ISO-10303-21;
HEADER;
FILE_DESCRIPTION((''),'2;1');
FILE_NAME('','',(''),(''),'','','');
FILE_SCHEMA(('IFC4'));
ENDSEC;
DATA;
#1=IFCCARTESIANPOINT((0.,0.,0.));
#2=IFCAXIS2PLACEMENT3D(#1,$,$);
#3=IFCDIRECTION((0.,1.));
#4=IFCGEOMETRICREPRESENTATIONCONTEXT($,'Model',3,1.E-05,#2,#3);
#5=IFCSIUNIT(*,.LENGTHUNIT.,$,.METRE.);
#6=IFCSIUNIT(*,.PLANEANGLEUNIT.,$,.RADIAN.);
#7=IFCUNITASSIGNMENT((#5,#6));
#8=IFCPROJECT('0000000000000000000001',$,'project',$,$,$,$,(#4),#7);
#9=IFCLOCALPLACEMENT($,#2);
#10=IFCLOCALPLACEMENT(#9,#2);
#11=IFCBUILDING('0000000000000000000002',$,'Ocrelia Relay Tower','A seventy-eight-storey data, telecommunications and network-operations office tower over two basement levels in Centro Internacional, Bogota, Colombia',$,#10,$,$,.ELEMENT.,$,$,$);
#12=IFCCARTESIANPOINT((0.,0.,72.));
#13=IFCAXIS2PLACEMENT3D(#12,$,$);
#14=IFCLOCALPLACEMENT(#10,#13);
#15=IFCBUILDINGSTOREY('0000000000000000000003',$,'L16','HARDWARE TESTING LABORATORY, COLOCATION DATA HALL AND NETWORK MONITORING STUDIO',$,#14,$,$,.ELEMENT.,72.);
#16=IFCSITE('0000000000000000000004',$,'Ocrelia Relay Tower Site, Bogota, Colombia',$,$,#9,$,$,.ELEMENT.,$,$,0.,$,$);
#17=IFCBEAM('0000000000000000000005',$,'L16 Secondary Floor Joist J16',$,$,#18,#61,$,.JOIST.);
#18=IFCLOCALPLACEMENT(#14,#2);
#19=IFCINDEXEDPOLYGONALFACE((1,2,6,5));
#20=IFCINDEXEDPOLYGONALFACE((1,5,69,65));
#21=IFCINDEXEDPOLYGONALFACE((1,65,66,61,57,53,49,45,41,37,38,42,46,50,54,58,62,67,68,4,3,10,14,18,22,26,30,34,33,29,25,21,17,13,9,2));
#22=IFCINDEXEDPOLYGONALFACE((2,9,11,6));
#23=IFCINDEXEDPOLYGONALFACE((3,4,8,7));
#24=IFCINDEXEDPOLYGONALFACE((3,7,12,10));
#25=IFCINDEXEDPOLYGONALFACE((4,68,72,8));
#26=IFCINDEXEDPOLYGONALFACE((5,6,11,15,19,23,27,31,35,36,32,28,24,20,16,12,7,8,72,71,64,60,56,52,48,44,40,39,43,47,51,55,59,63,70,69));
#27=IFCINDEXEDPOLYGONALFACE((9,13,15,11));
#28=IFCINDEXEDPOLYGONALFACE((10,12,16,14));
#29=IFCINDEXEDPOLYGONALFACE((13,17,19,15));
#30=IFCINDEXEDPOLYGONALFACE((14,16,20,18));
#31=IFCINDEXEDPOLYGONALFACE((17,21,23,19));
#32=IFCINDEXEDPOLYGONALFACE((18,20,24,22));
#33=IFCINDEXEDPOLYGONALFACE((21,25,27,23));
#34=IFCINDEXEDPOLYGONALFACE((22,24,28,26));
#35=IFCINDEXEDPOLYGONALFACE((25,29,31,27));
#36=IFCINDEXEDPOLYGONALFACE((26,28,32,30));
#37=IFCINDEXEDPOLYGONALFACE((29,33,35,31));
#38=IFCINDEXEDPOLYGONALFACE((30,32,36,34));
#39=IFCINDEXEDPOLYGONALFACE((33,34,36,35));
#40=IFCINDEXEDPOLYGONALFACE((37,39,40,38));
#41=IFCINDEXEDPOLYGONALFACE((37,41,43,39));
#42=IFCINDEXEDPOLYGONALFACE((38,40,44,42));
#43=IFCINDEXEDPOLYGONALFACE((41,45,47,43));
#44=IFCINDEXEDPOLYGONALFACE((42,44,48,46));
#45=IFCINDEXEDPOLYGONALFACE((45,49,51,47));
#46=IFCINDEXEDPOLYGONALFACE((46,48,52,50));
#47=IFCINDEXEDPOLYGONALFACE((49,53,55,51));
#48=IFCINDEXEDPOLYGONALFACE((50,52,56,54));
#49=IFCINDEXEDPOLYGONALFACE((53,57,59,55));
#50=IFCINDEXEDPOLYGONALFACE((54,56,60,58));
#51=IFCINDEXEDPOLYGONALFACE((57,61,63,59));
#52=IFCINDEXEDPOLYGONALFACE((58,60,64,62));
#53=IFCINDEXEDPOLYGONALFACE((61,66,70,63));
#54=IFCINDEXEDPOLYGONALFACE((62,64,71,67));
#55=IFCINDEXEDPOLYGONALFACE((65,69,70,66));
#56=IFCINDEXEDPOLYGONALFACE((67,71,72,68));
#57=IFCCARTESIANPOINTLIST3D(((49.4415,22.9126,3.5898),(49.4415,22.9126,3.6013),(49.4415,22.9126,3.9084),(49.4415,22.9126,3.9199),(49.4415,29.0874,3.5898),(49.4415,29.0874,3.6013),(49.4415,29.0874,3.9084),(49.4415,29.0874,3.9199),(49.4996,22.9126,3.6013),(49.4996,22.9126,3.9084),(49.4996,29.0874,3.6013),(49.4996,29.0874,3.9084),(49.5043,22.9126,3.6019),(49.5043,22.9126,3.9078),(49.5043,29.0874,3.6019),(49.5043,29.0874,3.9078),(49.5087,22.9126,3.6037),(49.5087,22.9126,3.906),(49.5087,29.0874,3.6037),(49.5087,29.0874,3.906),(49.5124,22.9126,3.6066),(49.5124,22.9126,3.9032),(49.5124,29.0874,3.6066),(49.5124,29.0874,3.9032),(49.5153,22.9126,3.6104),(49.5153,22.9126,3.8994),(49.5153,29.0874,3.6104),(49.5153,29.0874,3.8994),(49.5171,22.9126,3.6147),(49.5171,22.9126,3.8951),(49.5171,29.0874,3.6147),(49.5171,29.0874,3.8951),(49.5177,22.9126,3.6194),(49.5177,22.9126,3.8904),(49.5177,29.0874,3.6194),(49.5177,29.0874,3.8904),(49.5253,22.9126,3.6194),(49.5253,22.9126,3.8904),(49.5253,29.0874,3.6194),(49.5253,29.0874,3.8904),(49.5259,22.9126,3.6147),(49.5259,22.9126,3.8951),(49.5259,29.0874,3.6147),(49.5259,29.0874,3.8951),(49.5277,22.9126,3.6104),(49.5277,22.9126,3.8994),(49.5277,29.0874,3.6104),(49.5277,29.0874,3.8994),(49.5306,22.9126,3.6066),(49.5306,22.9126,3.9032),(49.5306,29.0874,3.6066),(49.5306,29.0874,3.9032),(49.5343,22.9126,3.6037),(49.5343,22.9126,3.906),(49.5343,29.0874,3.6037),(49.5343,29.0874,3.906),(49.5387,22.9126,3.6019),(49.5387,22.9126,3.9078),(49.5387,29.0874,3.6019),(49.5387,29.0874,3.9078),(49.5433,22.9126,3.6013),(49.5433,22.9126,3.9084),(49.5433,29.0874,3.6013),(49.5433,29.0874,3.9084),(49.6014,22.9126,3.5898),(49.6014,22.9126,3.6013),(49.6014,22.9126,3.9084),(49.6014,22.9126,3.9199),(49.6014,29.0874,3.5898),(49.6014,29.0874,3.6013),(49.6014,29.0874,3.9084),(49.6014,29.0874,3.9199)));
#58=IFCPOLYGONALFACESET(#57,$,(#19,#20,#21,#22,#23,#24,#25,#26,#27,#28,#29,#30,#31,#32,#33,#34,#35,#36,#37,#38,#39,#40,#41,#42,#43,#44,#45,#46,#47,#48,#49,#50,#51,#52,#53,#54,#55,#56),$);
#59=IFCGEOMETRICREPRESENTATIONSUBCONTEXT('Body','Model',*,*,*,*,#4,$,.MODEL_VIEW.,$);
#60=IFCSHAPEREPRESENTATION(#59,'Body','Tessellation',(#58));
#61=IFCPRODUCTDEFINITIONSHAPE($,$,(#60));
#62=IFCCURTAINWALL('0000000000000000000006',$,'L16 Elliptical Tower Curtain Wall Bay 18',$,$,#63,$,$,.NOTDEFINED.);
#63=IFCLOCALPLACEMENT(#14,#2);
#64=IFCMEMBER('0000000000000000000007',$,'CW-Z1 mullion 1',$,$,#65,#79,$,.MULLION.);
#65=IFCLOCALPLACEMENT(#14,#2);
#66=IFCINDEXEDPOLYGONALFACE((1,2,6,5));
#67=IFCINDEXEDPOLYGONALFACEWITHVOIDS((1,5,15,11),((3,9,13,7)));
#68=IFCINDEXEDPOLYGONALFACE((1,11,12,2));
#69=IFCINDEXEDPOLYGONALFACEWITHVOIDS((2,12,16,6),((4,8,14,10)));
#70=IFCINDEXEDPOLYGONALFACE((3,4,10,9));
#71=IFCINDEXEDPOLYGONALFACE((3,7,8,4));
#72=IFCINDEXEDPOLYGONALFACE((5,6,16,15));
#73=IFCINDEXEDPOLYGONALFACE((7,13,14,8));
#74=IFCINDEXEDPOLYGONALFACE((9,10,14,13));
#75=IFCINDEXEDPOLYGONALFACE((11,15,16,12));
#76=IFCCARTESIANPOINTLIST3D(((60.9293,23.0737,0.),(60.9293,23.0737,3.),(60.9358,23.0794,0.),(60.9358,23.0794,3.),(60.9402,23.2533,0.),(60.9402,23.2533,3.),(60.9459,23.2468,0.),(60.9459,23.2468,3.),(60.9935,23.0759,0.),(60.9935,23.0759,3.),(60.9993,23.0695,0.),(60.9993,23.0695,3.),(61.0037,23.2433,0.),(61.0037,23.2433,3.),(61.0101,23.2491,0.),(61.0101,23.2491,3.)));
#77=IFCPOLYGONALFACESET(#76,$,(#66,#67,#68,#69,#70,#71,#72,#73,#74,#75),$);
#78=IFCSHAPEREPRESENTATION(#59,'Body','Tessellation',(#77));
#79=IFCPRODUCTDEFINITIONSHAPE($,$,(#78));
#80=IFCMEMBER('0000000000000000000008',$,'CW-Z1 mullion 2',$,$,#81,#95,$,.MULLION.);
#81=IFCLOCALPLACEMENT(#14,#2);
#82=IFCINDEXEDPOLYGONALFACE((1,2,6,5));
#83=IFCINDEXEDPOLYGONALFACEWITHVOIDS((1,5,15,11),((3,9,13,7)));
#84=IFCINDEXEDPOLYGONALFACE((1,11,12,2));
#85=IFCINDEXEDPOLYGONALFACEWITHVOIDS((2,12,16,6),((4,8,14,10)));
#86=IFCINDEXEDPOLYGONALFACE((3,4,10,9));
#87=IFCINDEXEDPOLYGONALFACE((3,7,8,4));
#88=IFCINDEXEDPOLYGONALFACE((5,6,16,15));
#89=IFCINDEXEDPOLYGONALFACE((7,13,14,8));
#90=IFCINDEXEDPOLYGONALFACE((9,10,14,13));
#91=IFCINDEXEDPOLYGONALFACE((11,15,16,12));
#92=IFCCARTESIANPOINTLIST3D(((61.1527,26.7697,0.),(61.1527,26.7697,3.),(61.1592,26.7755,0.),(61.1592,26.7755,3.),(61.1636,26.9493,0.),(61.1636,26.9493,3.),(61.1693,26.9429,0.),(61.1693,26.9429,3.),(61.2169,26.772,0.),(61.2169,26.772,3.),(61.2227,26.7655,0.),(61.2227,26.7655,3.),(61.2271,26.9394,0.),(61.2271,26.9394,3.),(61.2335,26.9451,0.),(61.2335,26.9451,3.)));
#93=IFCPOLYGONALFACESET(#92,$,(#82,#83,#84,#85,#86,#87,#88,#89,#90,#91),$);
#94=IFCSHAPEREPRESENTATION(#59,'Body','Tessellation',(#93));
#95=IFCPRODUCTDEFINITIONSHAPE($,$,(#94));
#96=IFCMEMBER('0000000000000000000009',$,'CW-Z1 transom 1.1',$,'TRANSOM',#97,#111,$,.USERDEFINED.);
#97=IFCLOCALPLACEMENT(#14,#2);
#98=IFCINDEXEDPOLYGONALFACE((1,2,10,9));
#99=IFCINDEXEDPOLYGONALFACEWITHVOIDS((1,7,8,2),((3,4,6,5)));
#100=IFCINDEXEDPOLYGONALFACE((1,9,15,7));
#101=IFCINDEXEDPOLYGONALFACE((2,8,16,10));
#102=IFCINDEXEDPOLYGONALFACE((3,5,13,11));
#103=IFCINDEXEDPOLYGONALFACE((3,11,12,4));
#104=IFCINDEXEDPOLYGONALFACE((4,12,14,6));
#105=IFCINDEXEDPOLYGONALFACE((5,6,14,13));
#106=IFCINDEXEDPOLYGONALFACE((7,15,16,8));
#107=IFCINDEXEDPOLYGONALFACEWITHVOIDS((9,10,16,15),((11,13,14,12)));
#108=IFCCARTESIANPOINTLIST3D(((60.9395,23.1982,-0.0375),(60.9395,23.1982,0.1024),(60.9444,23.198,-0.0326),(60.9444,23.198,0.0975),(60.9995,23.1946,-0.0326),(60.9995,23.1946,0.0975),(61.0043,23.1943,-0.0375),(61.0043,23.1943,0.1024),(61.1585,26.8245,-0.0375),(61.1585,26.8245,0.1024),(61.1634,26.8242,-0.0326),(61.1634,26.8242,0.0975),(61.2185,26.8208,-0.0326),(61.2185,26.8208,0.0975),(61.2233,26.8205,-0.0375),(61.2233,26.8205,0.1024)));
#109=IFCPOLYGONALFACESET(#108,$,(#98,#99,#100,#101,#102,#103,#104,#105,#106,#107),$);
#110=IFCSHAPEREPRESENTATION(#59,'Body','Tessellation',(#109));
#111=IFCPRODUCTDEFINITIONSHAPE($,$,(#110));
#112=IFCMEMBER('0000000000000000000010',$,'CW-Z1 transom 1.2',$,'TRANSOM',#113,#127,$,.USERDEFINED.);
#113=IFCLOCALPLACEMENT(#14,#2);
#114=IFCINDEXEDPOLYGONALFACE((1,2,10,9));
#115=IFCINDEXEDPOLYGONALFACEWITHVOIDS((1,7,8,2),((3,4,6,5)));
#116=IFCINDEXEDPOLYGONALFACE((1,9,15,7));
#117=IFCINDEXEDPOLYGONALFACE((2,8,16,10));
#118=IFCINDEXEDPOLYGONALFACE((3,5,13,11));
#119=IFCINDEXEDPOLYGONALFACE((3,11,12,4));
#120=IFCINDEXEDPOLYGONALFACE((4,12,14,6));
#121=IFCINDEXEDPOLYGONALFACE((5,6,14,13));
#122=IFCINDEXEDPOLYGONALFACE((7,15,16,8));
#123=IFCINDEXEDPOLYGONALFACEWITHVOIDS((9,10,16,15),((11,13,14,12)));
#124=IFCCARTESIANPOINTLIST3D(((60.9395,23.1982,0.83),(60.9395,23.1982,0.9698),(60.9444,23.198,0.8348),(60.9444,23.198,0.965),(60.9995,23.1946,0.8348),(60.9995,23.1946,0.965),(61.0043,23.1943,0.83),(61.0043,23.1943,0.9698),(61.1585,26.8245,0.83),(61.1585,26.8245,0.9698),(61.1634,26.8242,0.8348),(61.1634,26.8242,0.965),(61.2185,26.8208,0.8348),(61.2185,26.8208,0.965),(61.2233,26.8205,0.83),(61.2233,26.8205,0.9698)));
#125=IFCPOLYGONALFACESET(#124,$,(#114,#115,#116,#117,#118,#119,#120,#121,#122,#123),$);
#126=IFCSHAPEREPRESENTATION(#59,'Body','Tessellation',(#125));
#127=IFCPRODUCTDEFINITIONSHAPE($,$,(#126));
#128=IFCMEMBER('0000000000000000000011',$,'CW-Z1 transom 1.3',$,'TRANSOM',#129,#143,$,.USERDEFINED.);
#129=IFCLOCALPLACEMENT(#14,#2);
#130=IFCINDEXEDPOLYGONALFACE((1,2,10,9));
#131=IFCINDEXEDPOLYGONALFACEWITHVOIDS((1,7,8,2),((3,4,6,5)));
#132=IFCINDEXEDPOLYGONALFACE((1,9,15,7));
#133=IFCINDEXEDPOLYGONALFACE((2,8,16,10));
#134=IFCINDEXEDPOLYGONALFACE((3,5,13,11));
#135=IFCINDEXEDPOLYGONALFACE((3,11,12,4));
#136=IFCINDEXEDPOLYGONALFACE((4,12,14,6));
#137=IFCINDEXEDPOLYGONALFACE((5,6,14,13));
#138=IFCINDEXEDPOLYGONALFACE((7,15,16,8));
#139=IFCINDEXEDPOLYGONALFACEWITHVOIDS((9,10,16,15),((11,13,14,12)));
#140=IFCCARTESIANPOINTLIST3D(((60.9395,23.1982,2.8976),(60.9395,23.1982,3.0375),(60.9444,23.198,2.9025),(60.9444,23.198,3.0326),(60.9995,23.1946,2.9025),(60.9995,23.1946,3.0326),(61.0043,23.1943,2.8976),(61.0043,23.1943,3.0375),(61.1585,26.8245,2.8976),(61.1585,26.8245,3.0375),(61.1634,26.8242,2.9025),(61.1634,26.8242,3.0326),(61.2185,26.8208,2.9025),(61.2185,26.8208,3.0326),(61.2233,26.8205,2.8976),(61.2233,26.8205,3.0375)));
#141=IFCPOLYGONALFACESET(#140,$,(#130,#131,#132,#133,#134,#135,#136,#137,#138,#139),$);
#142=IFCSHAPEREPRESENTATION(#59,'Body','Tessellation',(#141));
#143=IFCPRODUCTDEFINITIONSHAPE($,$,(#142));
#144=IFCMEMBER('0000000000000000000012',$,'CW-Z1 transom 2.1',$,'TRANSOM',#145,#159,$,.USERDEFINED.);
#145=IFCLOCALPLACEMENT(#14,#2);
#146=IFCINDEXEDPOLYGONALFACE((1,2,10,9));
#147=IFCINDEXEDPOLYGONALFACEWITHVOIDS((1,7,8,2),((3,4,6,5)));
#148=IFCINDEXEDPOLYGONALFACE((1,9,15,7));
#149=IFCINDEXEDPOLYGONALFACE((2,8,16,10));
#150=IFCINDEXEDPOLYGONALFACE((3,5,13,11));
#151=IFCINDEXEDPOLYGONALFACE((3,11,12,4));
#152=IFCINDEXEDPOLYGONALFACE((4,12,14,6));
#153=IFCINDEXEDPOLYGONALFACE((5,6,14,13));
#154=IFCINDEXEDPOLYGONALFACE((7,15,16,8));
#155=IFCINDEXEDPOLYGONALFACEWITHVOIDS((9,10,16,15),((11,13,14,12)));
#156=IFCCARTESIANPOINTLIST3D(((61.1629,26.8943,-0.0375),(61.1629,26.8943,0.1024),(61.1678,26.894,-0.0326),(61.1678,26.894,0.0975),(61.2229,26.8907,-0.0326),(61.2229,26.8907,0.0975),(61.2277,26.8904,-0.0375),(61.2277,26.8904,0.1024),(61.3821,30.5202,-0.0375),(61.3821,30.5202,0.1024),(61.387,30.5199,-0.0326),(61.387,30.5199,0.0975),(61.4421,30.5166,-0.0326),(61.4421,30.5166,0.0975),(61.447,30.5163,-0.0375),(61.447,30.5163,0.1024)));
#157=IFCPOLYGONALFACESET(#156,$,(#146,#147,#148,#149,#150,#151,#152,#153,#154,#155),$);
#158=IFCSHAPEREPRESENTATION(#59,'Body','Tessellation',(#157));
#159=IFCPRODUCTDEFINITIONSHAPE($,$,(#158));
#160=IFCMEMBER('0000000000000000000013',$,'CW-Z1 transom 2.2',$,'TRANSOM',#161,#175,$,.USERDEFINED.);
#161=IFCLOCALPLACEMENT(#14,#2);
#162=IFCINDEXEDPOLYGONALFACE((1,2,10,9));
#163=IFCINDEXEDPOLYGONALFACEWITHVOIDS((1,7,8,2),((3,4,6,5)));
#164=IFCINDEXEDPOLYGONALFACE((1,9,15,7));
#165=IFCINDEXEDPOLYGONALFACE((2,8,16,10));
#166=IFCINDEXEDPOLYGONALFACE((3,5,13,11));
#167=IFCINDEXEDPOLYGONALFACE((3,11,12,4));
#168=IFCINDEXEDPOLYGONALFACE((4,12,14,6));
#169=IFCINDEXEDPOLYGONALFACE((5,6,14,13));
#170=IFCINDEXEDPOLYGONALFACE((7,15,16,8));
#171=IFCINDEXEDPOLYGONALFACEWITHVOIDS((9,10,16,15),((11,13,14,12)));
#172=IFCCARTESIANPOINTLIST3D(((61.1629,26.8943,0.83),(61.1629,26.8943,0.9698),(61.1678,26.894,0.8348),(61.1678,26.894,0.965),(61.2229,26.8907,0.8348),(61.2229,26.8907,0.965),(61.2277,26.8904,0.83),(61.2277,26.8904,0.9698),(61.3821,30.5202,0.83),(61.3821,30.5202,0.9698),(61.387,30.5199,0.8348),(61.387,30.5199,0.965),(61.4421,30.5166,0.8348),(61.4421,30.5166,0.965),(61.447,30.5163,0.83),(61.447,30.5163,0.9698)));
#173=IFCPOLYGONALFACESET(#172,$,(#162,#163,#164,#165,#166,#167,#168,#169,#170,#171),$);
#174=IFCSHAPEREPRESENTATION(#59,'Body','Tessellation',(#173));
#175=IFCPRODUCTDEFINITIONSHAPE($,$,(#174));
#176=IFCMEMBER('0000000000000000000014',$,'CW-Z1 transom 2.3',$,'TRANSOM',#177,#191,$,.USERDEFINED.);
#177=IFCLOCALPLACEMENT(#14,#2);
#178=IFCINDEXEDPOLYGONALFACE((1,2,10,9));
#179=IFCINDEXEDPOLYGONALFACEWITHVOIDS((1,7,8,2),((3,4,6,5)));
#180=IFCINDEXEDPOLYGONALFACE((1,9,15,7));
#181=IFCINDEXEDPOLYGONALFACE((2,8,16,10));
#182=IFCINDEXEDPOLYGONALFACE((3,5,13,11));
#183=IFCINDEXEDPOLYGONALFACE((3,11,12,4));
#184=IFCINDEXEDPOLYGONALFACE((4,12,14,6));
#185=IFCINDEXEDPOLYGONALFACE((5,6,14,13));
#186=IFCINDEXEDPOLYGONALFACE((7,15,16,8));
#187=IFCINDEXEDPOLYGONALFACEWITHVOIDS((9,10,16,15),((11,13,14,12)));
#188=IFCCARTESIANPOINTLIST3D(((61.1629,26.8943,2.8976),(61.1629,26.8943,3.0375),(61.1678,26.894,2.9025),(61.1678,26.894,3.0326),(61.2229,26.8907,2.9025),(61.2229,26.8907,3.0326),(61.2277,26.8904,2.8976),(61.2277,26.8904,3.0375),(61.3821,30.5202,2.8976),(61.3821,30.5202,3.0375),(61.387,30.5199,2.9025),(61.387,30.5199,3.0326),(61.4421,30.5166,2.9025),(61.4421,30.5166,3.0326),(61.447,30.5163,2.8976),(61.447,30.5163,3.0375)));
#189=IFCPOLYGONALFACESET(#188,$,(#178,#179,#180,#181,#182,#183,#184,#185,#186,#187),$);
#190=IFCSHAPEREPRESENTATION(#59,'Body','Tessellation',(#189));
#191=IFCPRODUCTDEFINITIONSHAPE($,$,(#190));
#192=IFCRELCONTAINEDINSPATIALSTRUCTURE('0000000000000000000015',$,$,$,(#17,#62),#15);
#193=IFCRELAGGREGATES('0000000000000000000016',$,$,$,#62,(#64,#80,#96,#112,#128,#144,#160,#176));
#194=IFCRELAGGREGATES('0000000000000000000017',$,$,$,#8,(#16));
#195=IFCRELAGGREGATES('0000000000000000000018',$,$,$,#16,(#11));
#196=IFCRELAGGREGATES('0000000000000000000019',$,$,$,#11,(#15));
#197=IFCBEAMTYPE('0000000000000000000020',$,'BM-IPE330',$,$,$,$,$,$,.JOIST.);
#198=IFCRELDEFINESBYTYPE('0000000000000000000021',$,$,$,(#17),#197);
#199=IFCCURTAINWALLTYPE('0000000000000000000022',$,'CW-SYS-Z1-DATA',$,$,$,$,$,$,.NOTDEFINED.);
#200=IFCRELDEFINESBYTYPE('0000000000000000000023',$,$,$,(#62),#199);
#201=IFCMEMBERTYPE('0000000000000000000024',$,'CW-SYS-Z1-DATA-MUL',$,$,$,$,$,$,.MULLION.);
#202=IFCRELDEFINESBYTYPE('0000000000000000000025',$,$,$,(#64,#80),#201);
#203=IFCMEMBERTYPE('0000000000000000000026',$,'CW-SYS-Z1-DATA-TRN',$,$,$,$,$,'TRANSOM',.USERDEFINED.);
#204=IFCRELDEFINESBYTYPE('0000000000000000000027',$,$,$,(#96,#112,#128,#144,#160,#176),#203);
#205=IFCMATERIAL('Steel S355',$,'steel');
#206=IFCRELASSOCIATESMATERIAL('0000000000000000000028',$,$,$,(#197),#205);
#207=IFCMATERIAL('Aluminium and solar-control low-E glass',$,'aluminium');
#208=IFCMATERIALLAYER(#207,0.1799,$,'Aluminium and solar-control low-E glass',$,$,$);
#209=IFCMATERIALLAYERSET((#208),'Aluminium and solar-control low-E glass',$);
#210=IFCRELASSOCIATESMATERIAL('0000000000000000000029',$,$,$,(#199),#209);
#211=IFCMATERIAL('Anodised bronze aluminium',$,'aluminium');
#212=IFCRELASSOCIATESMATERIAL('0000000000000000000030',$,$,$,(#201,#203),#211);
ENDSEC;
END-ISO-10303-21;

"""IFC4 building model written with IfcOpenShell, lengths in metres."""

from ifc_helpers import new_model, si_unit, direction, frame, origin, origin_2d, place, context, subcontext, project, spatial, hollow_rectangle, i_section, extrude, material, layer, layer_set, material_profile, profile_set, type_object, element, aggregate, save


model = new_model("IFC4")

# Units and contexts
model_context = context("Model", 3, precision=1e-05, world=origin(), true_north=direction((0.0, 1.0)))
body_context = subcontext(model_context, "Body", "Model", "MODEL_VIEW")
ifc_project = project(units=[si_unit("LENGTHUNIT", "METRE"), si_unit("PLANEANGLEUNIT", "RADIAN")], contexts=[model_context])

# Site, building, storey
site_placement = place(None, origin())
site = spatial("IfcSite", under=ifc_project, at=site_placement, Name="Ocrelia Relay Tower Site, Bogota, Colombia", CompositionType="ELEMENT", RefElevation=0.0)
building_placement = place(site_placement, origin())
building = spatial("IfcBuilding", under=site, at=building_placement, Name="Ocrelia Relay Tower", Description="A seventy-eight-storey data, telecommunications and network-operations office tower over two basement levels in Centro Internacional, Bogota, Colombia", CompositionType="ELEMENT")
storey_placement = place(building_placement, frame((0.0, 0.0, 72.0)))
storey = spatial("IfcBuildingStorey", under=building, at=storey_placement, Name="L16", Description="HARDWARE TESTING LABORATORY, COLOCATION DATA HALL AND NETWORK MONITORING STUDIO", CompositionType="ELEMENT", Elevation=72.0)

# Beam
ifc_material_1 = material(Name="Steel S355", Category="steel")
ifc_material_profile_1 = material_profile(ifc_material_1, i_section(OverallWidth=0.1599, OverallDepth=0.3301, WebThickness=0.0076, FlangeThickness=0.0115, FilletRadius=0.0181, at=origin_2d()), Name="IPE 330")
ifc_profile_set_1 = profile_set([ifc_material_profile_1], Name="Steel S355")
beam_type_1 = type_object("IfcBeamType", Name="BM-IPE330", PredefinedType="JOIST", material=ifc_profile_set_1)
beam_1_placement = place(storey_placement, frame((49.5215, 22.9126, 3.7549), z_axis=(0.0, 1.0, 0.0), x_axis=(-1.0, 0.0, 0.0)))
element("IfcBeam", 1, at=beam_1_placement, inside=storey, type_object=beam_type_1, Name="L16 Secondary Floor Joist J16", PredefinedType="JOIST", context=body_context, shape_type="SweptSolid", body=[
    extrude(i_section(OverallWidth=0.1599, OverallDepth=0.3301, WebThickness=0.0076, FlangeThickness=0.0115, FilletRadius=0.0181, at=origin_2d()), origin(), (0.0, 0.0, 1.0), 6.1748),
])

# Curtain wall, members
ifc_material_2 = material(Name="Aluminium and solar-control low-E glass", Category="aluminium")
ifc_layer_1 = layer(ifc_material_2, 0.1799, Name="Aluminium and solar-control low-E glass")
ifc_layer_set_1 = layer_set([ifc_layer_1], Name="Aluminium and solar-control low-E glass")
curtain_wall_type = type_object("IfcCurtainWallType", Name="CW-SYS-Z1-DATA", PredefinedType="NOTDEFINED", material=ifc_layer_set_1)
curtain_wall_placement = place(storey_placement, origin())
curtain_wall = element("IfcCurtainWall", 2, at=curtain_wall_placement, inside=storey, type_object=curtain_wall_type, Name="L16 Elliptical Tower Curtain Wall Bay 18", PredefinedType="NOTDEFINED")
ifc_material_3 = material(Name="Anodised bronze aluminium", Category="aluminium")
ifc_material_profile_2 = material_profile(ifc_material_3, hollow_rectangle(XDim=0.0701, YDim=0.1799, WallThickness=0.0061, at=origin_2d()), Name="CW-MUL-180x70")
ifc_profile_set_2 = profile_set([ifc_material_profile_2], Name="Anodised bronze aluminium")
member_type_1 = type_object("IfcMemberType", Name="CW-SYS-Z1-DATA-MUL", PredefinedType="MULLION", material=ifc_profile_set_2)
member_1_placement = place(storey_placement, frame((60.9697, 23.1614, 0.0), z_axis=(0.0, 0.0, 1.0), x_axis=(-0.998178, 0.060344, 0.0)))
member_1 = element("IfcMember", 3, at=member_1_placement, type_object=member_type_1, Name="CW-Z1 mullion 1", PredefinedType="MULLION", context=body_context, shape_type="SweptSolid", body=[
    extrude(hollow_rectangle(XDim=0.0701, YDim=0.1799, WallThickness=0.0061, at=origin_2d()), origin(), (0.0, 0.0, 1.0), 3.0),
])
member_2_placement = place(storey_placement, frame((61.1931, 26.8574, 0.0), z_axis=(0.0, 0.0, 1.0), x_axis=(-0.998178, 0.060344, 0.0)))
member_2 = element("IfcMember", 4, at=member_2_placement, type_object=member_type_1, Name="CW-Z1 mullion 2", PredefinedType="MULLION", context=body_context, shape_type="SweptSolid", body=[
    extrude(hollow_rectangle(XDim=0.0701, YDim=0.1799, WallThickness=0.0061, at=origin_2d()), origin(), (0.0, 0.0, 1.0), 3.0),
])
ifc_material_profile_3 = material_profile(ifc_material_3, hollow_rectangle(XDim=0.0649, YDim=0.1399, WallThickness=0.0049, at=origin_2d()), Name="CW-TRN-140x65")
ifc_profile_set_3 = profile_set([ifc_material_profile_3], Name="Anodised bronze aluminium")
member_type_2 = type_object("IfcMemberType", Name="CW-SYS-Z1-DATA-TRN", ElementType="TRANSOM", PredefinedType="USERDEFINED", material=ifc_profile_set_3)
member_3_placement = place(storey_placement, frame((60.9719, 23.1963, 0.0325), z_axis=(0.060282, 0.998181, 0.0), x_axis=(-0.998181, 0.060282, 0.0)))
member_3 = element("IfcMember", 5, at=member_3_placement, type_object=member_type_2, Name="CW-Z1 transom 1.1", ObjectType="TRANSOM", PredefinedType="USERDEFINED", context=body_context, shape_type="SweptSolid", body=[
    extrude(hollow_rectangle(XDim=0.0649, YDim=0.1399, WallThickness=0.0049, at=origin_2d()), origin(), (0.0, 0.0, 1.0), 3.6328),
])
member_4_placement = place(storey_placement, frame((60.9719, 23.1963, 0.8999), z_axis=(0.060282, 0.998181, 0.0), x_axis=(-0.998181, 0.060282, 0.0)))
member_4 = element("IfcMember", 6, at=member_4_placement, type_object=member_type_2, Name="CW-Z1 transom 1.2", ObjectType="TRANSOM", PredefinedType="USERDEFINED", context=body_context, shape_type="SweptSolid", body=[
    extrude(hollow_rectangle(XDim=0.0649, YDim=0.1399, WallThickness=0.0049, at=origin_2d()), origin(), (0.0, 0.0, 1.0), 3.6328),
])
member_5_placement = place(storey_placement, frame((60.9719, 23.1963, 2.9675), z_axis=(0.060282, 0.998181, 0.0), x_axis=(-0.998181, 0.060282, 0.0)))
member_5 = element("IfcMember", 7, at=member_5_placement, type_object=member_type_2, Name="CW-Z1 transom 1.3", ObjectType="TRANSOM", PredefinedType="USERDEFINED", context=body_context, shape_type="SweptSolid", body=[
    extrude(hollow_rectangle(XDim=0.0649, YDim=0.1399, WallThickness=0.0049, at=origin_2d()), origin(), (0.0, 0.0, 1.0), 3.6328),
])
member_6_placement = place(storey_placement, frame((61.1953, 26.8923, 0.0325), z_axis=(0.060353, 0.998177, 0.0), x_axis=(-0.998177, 0.060353, 0.0)))
member_6 = element("IfcMember", 8, at=member_6_placement, type_object=member_type_2, Name="CW-Z1 transom 2.1", ObjectType="TRANSOM", PredefinedType="USERDEFINED", context=body_context, shape_type="SweptSolid", body=[
    extrude(hollow_rectangle(XDim=0.0649, YDim=0.1399, WallThickness=0.0049, at=origin_2d()), origin(), (0.0, 0.0, 1.0), 3.6326),
])
member_7_placement = place(storey_placement, frame((61.1953, 26.8923, 0.8999), z_axis=(0.060353, 0.998177, 0.0), x_axis=(-0.998177, 0.060353, 0.0)))
member_7 = element("IfcMember", 9, at=member_7_placement, type_object=member_type_2, Name="CW-Z1 transom 2.2", ObjectType="TRANSOM", PredefinedType="USERDEFINED", context=body_context, shape_type="SweptSolid", body=[
    extrude(hollow_rectangle(XDim=0.0649, YDim=0.1399, WallThickness=0.0049, at=origin_2d()), origin(), (0.0, 0.0, 1.0), 3.6326),
])
member_8_placement = place(storey_placement, frame((61.1953, 26.8923, 2.9675), z_axis=(0.060353, 0.998177, 0.0), x_axis=(-0.998177, 0.060353, 0.0)))
member_8 = element("IfcMember", 10, at=member_8_placement, type_object=member_type_2, Name="CW-Z1 transom 2.3", ObjectType="TRANSOM", PredefinedType="USERDEFINED", context=body_context, shape_type="SweptSolid", body=[
    extrude(hollow_rectangle(XDim=0.0649, YDim=0.1399, WallThickness=0.0049, at=origin_2d()), origin(), (0.0, 0.0, 1.0), 3.6326),
])
aggregate(curtain_wall, [member_1, member_2, member_3, member_4, member_5, member_6, member_7, member_8])

save(model, "model.ifc")
